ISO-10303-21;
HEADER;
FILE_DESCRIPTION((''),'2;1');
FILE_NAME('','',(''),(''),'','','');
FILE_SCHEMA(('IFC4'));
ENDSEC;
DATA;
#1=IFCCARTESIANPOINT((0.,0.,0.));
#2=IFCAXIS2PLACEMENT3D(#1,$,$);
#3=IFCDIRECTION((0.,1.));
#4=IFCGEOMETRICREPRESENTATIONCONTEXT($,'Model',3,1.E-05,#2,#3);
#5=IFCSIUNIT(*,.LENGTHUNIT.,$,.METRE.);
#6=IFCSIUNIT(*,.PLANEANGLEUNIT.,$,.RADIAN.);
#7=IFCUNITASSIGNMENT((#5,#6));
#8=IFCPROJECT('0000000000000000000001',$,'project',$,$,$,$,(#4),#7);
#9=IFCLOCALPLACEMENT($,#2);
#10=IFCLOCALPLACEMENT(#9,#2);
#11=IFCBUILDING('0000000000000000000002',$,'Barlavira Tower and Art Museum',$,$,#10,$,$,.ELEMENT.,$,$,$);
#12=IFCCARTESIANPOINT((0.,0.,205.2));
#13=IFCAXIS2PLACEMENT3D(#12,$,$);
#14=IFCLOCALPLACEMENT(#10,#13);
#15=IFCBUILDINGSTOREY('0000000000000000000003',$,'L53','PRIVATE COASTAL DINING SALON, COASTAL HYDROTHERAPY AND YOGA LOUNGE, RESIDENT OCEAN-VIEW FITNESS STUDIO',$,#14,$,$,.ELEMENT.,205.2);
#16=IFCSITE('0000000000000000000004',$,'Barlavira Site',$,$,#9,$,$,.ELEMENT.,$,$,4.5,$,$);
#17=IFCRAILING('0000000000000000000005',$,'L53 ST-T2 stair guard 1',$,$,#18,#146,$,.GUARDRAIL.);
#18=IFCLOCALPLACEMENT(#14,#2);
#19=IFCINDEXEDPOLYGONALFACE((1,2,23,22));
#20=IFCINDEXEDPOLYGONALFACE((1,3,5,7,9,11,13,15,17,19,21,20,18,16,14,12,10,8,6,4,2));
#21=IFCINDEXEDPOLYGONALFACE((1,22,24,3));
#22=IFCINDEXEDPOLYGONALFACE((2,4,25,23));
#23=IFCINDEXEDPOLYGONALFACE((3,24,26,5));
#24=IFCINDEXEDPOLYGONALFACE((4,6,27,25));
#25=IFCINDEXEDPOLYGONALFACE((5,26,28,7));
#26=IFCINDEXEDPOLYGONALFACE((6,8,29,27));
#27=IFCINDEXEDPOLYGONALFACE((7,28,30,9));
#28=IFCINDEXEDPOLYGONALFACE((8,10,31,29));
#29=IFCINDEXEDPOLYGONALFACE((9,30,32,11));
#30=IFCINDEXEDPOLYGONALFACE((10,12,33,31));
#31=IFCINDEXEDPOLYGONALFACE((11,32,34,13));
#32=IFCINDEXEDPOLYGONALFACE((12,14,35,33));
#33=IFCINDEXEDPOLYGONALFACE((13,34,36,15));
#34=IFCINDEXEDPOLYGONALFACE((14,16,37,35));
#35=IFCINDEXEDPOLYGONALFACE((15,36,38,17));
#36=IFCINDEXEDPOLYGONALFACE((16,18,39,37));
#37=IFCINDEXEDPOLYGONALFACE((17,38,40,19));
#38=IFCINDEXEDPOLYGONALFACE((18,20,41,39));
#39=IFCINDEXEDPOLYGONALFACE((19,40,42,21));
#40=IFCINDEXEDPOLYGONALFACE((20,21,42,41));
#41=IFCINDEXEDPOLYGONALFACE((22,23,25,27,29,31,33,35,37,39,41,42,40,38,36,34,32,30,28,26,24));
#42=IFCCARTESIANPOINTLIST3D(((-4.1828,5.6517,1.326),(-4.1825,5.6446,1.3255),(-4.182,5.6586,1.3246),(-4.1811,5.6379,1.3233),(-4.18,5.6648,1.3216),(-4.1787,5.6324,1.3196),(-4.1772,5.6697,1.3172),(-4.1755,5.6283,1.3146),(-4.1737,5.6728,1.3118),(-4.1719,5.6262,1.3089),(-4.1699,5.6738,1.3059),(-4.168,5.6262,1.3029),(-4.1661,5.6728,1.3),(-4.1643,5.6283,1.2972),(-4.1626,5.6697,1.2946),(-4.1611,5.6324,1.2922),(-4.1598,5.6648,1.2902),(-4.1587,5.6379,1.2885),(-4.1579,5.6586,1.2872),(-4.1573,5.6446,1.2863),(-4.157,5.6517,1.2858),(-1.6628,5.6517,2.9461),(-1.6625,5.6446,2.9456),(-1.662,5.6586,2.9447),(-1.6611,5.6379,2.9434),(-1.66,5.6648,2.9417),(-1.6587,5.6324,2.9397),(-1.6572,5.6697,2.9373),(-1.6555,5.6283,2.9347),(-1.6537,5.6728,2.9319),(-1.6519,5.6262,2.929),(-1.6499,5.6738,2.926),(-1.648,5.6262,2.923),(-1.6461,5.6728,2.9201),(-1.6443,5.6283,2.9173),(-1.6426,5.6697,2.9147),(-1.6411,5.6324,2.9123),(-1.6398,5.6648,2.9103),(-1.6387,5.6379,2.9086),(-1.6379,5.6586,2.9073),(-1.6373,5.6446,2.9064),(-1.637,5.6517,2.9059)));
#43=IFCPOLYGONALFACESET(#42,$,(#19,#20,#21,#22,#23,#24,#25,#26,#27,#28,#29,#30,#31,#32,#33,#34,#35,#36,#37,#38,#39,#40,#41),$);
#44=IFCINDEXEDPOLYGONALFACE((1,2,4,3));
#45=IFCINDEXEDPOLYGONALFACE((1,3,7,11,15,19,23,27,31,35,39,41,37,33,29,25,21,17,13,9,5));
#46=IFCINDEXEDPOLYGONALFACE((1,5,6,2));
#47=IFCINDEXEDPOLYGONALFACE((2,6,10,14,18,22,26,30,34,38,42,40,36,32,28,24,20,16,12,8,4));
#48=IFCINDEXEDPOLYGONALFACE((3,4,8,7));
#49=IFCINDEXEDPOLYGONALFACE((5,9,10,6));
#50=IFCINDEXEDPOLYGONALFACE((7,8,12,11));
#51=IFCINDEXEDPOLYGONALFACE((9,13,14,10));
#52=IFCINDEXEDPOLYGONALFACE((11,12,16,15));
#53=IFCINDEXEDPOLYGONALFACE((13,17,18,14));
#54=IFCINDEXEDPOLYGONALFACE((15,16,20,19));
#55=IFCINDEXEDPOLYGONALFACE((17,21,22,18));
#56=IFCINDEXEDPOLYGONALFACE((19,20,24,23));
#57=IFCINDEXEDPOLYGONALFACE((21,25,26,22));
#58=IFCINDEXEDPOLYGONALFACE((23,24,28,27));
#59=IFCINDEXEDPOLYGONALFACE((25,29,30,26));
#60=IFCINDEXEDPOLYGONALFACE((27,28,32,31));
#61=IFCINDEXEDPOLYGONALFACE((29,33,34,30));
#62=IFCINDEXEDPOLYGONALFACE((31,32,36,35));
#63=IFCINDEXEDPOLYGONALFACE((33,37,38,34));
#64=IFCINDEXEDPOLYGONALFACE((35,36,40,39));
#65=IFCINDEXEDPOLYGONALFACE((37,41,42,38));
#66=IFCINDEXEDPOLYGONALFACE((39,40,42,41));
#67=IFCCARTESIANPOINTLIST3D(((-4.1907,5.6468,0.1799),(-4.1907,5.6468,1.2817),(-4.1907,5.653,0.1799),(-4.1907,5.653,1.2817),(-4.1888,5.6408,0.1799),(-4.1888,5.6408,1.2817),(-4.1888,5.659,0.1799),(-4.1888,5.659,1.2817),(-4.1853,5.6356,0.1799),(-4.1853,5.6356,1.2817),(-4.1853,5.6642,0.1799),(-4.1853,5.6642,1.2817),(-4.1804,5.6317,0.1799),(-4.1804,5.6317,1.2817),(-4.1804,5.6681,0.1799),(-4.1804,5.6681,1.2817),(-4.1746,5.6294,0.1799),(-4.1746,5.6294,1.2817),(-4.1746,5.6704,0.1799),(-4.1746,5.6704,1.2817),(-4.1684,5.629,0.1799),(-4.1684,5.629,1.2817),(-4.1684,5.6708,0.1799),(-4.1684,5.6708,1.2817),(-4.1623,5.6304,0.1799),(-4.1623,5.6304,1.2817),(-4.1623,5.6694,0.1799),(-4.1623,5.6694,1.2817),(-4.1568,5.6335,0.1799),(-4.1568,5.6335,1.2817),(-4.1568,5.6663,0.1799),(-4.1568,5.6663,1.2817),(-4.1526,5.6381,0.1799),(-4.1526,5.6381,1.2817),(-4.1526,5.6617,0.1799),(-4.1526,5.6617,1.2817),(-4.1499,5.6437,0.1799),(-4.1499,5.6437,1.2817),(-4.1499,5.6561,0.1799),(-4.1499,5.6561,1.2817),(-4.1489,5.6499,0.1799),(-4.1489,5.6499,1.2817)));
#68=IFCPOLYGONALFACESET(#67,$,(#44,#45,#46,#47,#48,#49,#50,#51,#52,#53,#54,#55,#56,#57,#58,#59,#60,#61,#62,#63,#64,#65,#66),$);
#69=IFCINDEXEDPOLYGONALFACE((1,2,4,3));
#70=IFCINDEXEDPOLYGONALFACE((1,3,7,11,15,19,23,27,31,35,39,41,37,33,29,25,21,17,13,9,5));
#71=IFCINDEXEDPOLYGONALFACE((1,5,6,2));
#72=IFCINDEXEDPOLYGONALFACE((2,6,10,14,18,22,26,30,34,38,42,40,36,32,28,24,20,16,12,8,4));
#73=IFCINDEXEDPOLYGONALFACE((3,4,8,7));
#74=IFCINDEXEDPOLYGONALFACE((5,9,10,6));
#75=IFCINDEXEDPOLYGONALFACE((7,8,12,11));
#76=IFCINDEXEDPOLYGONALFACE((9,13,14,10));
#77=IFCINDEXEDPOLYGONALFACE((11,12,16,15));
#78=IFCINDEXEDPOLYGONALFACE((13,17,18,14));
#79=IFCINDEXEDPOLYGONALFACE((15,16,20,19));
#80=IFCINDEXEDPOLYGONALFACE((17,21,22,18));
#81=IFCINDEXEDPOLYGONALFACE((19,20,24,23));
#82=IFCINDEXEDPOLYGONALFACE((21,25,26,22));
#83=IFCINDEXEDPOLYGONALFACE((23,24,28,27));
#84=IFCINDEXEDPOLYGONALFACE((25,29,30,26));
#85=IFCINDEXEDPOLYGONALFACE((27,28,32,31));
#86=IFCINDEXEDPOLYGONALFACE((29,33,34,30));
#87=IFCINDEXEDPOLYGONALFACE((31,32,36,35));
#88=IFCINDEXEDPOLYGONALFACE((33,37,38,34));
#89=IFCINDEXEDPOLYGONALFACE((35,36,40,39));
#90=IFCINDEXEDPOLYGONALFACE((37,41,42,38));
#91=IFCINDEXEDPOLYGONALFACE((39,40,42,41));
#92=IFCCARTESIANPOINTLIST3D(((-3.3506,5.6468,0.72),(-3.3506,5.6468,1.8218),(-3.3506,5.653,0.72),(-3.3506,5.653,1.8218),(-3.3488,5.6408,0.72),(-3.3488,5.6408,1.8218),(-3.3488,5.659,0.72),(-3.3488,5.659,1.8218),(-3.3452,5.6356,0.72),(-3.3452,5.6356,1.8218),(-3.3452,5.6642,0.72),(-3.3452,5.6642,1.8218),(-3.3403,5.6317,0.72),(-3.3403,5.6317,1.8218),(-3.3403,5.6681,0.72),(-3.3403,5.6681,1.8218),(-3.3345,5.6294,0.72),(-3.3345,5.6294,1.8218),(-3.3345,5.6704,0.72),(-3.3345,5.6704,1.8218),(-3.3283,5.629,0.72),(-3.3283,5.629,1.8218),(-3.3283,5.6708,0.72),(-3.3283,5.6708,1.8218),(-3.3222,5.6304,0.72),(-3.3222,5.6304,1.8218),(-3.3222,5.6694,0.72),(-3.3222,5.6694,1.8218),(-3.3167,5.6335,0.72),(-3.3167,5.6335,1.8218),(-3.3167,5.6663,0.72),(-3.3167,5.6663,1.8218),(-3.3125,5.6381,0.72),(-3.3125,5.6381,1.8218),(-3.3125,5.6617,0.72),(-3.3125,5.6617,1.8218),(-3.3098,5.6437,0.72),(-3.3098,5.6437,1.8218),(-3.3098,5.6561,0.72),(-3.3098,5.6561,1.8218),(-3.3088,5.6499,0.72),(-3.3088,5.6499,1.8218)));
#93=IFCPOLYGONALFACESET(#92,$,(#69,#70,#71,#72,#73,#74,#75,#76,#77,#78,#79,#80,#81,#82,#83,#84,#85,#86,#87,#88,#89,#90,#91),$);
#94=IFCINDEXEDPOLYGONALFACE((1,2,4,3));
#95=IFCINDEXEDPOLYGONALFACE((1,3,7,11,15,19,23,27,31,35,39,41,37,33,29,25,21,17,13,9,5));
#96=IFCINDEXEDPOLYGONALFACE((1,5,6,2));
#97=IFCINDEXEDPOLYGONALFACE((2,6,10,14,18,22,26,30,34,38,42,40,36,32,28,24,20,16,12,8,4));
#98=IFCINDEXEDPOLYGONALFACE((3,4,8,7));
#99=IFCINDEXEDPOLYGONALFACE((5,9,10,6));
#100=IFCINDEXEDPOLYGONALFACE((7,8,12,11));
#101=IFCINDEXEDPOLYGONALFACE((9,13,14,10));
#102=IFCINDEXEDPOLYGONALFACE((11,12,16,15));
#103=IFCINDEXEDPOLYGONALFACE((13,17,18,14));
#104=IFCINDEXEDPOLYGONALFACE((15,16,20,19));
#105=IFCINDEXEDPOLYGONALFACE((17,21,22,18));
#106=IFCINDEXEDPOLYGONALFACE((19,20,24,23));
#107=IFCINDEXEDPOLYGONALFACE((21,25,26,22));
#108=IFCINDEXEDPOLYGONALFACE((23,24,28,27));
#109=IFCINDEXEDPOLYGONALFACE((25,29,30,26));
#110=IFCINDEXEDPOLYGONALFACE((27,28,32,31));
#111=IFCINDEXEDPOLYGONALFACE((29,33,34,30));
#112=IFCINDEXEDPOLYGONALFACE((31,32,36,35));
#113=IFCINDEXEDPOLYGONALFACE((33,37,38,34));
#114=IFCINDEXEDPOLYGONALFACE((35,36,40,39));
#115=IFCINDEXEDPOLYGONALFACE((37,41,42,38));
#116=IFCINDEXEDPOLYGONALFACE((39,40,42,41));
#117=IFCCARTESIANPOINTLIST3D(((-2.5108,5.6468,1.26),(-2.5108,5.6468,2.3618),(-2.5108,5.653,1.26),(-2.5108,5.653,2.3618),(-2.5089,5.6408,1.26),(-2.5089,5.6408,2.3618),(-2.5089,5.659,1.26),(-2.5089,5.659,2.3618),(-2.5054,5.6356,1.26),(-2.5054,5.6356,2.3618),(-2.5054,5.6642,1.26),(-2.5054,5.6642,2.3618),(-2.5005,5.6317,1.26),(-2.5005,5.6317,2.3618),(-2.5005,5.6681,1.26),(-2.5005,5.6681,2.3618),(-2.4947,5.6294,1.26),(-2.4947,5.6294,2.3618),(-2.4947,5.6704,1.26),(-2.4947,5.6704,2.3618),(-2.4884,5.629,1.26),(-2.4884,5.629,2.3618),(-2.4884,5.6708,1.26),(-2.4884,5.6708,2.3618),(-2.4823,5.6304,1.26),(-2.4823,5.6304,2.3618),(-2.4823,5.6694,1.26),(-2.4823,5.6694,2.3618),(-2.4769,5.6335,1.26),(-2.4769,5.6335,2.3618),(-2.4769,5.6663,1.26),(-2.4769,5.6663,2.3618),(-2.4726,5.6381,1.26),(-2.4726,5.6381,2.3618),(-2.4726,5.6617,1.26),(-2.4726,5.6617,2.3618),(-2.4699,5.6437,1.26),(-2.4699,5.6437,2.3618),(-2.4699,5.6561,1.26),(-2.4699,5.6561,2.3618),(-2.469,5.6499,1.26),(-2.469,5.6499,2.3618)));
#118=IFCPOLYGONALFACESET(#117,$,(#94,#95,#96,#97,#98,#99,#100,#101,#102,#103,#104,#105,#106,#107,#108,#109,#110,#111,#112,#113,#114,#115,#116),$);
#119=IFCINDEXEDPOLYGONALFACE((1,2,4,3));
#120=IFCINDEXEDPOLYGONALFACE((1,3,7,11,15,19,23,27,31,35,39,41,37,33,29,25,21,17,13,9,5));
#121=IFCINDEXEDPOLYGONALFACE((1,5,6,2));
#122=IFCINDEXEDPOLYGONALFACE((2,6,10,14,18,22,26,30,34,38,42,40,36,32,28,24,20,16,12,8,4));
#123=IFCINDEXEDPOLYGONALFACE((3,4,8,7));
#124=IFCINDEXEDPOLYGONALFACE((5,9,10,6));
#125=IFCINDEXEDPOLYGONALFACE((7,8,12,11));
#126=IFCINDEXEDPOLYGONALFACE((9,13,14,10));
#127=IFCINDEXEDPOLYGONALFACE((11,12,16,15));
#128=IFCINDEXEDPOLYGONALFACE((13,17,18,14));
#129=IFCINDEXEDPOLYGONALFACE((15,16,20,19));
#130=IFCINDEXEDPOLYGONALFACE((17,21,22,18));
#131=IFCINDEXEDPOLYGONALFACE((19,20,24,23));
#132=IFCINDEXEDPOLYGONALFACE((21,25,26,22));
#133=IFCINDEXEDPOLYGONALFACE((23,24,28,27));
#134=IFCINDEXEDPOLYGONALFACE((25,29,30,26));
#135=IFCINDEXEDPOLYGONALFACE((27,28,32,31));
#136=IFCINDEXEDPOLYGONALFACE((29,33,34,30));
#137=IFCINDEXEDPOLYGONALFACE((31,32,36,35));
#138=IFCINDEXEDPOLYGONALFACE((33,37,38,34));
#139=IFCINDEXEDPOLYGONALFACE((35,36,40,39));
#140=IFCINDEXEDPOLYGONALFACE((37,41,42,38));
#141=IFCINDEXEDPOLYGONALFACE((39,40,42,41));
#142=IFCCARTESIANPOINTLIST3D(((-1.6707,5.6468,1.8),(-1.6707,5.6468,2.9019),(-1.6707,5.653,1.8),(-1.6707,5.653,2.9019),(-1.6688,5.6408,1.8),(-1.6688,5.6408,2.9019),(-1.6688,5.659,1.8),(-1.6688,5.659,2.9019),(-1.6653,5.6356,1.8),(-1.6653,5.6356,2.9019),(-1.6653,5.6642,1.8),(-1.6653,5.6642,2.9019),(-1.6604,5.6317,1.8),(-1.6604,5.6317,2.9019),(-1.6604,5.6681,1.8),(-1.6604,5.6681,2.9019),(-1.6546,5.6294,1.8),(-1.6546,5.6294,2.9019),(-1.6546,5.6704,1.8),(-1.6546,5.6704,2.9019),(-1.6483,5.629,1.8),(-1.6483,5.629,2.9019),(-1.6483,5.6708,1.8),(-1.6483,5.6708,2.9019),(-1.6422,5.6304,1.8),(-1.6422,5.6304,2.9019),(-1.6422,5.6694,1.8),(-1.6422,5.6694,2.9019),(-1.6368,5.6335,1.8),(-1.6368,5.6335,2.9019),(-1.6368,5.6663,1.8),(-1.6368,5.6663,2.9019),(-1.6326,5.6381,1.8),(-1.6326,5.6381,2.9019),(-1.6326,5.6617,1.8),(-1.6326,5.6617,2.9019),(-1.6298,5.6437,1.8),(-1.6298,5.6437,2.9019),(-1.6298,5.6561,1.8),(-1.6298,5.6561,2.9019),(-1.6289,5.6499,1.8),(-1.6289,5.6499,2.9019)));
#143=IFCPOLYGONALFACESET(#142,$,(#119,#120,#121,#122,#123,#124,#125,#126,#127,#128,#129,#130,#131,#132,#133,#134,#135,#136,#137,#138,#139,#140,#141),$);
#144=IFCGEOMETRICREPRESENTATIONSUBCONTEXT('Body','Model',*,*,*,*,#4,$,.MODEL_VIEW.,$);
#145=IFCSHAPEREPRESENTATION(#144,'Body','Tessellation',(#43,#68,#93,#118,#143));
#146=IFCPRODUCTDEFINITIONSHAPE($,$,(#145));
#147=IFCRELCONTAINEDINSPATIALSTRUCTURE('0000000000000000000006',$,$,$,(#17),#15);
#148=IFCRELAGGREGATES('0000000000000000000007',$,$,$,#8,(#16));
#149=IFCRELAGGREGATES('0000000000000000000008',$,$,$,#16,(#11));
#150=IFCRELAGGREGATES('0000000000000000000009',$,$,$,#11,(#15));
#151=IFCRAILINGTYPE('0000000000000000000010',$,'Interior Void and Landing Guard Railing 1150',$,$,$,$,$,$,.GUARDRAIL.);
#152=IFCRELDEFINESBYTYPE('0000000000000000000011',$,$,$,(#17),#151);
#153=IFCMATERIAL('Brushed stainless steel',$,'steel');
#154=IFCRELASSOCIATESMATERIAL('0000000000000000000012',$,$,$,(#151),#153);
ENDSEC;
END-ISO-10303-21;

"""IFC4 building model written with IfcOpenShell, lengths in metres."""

from ifc_helpers import new_model, si_unit, direction, frame, origin, origin_2d, place, context, subcontext, project, spatial, circle, extrude, material, type_object, element, save


model = new_model("IFC4")

# Units and contexts
model_context = context("Model", 3, precision=1e-05, world=origin(), true_north=direction((0.0, 1.0)))
body_context = subcontext(model_context, "Body", "Model", "MODEL_VIEW")
ifc_project = project(units=[si_unit("LENGTHUNIT", "METRE"), si_unit("PLANEANGLEUNIT", "RADIAN")], contexts=[model_context])

# Site, building, storey
site_placement = place(None, origin())
site = spatial("IfcSite", under=ifc_project, at=site_placement, Name="Barlavira Site", CompositionType="ELEMENT", RefElevation=4.5)
building_placement = place(site_placement, origin())
building = spatial("IfcBuilding", under=site, at=building_placement, Name="Barlavira Tower and Art Museum", CompositionType="ELEMENT")
storey_placement = place(building_placement, frame((0.0, 0.0, 205.2)))
storey = spatial("IfcBuildingStorey", under=building, at=storey_placement, Name="L53", Description="PRIVATE COASTAL DINING SALON, COASTAL HYDROTHERAPY AND YOGA LOUNGE, RESIDENT OCEAN-VIEW FITNESS STUDIO", CompositionType="ELEMENT", Elevation=205.2)

# Shared definitions
ifc_material_1 = material(Name="Brushed stainless steel", Category="steel")

# Railing
railing_type_1 = type_object("IfcRailingType", Name="Interior Void and Landing Guard Railing 1150", PredefinedType="GUARDRAIL", material=ifc_material_1)
railing_1_placement = place(storey_placement, frame((-4.1699, 5.6499, 0.1799)))
element("IfcRailing", 1, at=railing_1_placement, inside=storey, type_object=railing_type_1, Name="L53 ST-T2 stair guard 1", PredefinedType="GUARDRAIL", context=body_context, shape_type="SweptSolid", body=[
    extrude(circle(Radius=0.0239, at=origin_2d()), frame((0.0, 0.0, 1.126), z_axis=(0.841163, 0.0, 0.540782), x_axis=(0.0, 1.0, 0.0)), (0.0, 0.0, 1.0), 2.9958),
    extrude(circle(Radius=0.021, at=origin_2d()), origin(), (0.0, 0.0, 1.0), 1.1018),
    extrude(circle(Radius=0.021, at=origin_2d()), frame((0.8401, 0.0, 0.54)), (0.0, 0.0, 1.0), 1.1018),
    extrude(circle(Radius=0.021, at=origin_2d()), frame((1.6799, 0.0, 1.0801)), (0.0, 0.0, 1.0), 1.1018),
    extrude(circle(Radius=0.021, at=origin_2d()), frame((2.52, 0.0, 1.6201)), (0.0, 0.0, 1.0), 1.1018),
])

save(model, "model.ifc")
